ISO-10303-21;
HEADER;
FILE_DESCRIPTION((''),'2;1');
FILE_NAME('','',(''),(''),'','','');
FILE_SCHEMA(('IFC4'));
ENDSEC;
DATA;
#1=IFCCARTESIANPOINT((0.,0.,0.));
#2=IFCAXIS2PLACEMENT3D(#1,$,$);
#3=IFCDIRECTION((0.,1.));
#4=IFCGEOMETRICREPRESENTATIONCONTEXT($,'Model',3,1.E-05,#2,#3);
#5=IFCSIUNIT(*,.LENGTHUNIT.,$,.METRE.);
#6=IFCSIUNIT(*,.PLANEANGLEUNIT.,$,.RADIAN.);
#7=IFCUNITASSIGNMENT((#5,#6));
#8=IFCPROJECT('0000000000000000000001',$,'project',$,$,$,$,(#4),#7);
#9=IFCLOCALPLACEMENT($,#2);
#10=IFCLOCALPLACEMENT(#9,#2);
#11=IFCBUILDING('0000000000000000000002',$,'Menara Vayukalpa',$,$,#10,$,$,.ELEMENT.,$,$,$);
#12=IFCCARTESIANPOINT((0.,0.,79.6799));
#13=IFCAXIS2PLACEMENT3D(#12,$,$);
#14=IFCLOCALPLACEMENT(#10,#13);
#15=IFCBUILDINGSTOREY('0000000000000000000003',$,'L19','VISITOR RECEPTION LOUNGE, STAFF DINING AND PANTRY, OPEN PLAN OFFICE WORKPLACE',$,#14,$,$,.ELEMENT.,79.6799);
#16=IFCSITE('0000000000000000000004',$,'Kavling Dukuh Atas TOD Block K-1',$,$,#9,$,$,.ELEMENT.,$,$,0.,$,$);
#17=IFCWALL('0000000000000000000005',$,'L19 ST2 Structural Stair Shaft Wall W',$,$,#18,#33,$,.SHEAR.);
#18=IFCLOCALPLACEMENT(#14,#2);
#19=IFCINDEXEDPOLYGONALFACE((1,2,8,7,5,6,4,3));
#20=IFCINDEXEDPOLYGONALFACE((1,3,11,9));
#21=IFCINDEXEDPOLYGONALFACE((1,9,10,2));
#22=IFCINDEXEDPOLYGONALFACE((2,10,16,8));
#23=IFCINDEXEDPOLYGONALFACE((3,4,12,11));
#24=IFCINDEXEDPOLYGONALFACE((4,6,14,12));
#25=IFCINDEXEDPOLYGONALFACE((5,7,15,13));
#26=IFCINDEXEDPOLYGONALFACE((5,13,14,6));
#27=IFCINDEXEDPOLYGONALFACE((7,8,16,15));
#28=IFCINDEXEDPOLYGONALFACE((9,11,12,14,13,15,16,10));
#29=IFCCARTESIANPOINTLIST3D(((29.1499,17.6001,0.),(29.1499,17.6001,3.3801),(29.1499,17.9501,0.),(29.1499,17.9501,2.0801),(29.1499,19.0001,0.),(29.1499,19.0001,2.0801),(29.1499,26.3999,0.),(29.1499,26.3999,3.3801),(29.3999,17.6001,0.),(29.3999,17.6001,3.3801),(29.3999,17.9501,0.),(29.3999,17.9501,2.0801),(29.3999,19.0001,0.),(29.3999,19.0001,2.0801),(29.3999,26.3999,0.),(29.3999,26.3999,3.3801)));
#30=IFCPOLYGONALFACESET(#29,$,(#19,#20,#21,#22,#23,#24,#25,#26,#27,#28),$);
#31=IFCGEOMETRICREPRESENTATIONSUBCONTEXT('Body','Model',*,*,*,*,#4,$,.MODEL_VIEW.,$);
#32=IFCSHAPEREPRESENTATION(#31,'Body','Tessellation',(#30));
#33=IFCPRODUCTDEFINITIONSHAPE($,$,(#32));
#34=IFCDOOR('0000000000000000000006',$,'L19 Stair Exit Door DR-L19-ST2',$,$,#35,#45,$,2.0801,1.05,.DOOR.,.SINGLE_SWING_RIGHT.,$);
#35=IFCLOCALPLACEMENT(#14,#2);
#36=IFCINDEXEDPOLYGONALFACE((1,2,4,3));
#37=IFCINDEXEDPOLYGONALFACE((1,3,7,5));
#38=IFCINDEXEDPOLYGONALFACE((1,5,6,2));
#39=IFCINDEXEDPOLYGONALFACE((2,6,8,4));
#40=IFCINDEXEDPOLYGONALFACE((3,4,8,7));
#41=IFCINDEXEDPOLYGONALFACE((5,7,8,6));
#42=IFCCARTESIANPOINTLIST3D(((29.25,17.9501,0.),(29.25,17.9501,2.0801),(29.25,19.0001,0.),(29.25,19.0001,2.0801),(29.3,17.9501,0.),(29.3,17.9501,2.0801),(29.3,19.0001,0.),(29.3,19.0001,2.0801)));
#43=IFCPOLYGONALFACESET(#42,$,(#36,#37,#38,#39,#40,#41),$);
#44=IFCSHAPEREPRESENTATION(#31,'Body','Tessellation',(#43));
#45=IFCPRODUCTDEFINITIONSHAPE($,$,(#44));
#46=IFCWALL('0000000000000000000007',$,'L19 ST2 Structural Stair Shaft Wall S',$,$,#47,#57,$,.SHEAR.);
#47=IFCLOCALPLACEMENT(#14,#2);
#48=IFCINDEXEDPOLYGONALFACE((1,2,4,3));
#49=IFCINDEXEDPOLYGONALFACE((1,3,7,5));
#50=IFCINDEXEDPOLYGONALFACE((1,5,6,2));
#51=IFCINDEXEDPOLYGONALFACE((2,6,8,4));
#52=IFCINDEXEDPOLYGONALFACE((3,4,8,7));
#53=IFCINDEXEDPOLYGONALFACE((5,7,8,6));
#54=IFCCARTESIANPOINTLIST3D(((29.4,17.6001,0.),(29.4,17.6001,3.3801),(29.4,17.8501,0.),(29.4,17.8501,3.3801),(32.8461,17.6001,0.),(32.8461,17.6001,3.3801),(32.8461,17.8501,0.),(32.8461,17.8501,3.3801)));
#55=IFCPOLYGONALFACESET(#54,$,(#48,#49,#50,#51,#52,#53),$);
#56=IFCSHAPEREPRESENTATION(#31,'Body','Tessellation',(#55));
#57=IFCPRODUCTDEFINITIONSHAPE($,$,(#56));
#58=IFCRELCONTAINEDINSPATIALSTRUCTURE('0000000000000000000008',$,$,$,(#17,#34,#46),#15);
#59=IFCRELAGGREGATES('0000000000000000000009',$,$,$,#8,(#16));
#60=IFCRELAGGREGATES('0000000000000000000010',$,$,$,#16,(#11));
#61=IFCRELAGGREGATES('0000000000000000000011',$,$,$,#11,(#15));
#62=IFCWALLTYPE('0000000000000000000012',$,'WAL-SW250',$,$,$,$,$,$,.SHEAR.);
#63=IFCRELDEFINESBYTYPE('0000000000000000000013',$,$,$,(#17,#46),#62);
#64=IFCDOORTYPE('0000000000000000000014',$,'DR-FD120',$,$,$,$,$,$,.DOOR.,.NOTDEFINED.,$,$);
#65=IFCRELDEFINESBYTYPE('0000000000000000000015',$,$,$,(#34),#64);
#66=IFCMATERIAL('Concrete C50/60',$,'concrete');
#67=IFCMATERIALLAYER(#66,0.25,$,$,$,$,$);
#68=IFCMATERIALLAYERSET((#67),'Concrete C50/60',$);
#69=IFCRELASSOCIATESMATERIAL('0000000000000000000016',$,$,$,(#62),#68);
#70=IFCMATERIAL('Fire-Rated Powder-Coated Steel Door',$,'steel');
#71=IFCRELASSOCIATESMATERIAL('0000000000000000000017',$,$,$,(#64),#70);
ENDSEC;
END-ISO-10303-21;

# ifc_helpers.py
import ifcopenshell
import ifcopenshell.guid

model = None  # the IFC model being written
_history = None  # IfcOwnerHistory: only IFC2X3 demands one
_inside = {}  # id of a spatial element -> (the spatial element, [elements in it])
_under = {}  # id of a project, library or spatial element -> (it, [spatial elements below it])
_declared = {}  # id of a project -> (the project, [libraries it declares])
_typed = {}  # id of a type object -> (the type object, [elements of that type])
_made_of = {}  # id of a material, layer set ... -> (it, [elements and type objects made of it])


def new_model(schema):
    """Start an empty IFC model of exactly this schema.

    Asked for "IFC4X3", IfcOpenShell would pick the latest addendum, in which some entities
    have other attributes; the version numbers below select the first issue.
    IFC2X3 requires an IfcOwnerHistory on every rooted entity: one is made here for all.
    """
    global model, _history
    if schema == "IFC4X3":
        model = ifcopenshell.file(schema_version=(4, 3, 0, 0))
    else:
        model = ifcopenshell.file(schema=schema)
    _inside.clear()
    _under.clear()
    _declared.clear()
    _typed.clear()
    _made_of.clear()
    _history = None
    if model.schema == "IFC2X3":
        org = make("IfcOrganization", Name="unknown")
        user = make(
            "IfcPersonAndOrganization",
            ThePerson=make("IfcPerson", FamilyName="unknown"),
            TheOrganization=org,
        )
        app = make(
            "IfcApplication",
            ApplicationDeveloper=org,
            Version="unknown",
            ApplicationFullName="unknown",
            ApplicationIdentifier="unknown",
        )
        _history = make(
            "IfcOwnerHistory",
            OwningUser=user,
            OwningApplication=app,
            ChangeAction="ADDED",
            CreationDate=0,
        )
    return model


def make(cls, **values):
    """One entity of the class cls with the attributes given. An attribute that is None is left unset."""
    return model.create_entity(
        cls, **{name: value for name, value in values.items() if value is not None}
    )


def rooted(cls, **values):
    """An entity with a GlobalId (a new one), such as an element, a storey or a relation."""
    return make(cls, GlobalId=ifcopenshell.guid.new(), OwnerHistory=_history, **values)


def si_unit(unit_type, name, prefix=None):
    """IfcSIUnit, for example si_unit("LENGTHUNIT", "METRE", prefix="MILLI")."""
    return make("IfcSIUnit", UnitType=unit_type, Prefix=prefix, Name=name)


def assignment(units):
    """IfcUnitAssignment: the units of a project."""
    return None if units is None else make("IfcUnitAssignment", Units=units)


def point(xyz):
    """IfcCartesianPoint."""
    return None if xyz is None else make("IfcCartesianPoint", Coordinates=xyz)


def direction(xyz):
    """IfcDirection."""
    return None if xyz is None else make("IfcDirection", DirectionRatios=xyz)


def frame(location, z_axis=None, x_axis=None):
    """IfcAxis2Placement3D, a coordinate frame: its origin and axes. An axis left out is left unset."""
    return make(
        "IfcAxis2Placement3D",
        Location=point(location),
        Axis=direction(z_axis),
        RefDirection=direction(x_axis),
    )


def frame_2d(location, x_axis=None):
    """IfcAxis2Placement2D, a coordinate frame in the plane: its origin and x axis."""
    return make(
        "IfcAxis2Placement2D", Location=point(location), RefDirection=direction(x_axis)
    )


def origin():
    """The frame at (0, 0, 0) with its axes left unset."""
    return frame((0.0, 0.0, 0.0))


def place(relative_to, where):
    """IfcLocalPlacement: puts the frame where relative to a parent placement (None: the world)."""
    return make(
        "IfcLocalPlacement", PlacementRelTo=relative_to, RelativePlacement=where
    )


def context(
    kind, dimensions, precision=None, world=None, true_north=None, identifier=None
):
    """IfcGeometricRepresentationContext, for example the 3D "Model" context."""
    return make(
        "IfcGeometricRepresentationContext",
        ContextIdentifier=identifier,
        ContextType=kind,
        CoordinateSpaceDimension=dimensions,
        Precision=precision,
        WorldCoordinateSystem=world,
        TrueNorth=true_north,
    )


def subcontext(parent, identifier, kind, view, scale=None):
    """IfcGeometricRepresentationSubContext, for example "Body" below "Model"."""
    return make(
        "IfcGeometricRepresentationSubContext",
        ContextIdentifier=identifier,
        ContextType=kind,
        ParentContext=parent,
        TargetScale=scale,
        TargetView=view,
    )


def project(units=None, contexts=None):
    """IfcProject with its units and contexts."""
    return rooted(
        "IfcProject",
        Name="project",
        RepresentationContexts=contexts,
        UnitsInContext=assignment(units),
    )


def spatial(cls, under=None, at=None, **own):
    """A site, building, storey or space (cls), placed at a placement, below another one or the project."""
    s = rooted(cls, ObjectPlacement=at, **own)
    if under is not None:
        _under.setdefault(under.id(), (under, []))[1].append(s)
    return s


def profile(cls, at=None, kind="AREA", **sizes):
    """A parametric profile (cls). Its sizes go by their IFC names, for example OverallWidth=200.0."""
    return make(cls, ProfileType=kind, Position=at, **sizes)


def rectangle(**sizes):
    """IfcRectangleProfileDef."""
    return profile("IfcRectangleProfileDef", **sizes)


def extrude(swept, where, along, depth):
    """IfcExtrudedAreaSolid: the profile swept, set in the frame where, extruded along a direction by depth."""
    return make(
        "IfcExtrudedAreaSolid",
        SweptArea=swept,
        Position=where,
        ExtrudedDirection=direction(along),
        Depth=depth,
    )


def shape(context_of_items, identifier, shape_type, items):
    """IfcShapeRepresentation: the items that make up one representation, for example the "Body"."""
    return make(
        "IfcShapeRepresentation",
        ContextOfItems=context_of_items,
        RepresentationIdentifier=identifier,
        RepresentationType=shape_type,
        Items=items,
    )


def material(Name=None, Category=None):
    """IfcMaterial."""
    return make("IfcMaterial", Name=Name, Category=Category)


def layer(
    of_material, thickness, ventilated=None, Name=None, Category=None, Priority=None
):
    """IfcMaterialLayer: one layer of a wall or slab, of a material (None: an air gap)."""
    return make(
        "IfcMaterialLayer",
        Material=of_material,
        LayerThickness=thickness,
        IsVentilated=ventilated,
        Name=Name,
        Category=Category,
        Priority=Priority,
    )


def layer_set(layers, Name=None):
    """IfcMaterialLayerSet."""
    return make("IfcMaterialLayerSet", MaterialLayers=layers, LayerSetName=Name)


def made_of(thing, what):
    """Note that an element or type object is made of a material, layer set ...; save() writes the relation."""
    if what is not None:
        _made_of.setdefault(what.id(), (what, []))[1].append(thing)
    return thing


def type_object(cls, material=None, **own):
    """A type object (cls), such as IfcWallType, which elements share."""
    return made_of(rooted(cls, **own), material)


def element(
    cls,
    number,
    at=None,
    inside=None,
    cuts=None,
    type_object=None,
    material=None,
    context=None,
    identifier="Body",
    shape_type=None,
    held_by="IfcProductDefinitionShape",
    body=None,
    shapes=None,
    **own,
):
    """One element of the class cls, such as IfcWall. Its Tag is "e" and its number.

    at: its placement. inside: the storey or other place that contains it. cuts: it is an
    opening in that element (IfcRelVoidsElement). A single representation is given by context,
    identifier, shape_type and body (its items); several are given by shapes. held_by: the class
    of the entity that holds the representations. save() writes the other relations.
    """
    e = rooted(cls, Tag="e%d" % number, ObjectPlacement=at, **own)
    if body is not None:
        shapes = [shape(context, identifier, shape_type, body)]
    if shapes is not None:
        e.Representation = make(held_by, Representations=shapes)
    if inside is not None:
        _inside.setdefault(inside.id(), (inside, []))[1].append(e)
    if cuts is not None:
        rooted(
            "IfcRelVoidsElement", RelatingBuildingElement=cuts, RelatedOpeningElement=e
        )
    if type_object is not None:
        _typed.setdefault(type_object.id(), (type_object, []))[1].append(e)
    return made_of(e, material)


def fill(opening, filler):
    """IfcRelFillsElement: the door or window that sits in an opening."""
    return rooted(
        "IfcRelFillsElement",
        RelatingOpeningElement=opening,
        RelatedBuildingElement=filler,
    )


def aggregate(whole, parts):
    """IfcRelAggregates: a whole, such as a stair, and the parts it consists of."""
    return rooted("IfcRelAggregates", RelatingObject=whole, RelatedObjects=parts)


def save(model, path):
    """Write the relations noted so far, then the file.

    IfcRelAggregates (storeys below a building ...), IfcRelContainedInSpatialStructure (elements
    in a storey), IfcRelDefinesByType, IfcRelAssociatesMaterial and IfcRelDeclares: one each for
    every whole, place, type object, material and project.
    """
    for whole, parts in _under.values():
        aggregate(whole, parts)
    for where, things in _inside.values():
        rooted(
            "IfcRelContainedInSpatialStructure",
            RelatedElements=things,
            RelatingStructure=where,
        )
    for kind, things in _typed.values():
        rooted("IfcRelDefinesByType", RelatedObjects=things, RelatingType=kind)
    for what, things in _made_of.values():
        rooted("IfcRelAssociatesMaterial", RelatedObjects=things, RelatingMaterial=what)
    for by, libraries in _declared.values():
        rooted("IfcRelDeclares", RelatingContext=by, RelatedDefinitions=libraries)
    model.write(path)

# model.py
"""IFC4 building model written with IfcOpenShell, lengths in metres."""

from ifc_helpers import new_model, si_unit, direction, frame, frame_2d, origin, place, context, subcontext, project, spatial, rectangle, extrude, material, layer, layer_set, type_object, element, fill, save


model = new_model("IFC4")

# Units and contexts
model_context = context("Model", 3, precision=1e-05, world=origin(), true_north=direction((0.0, 1.0)))
body_context = subcontext(model_context, "Body", "Model", "MODEL_VIEW")
ifc_project = project(units=[si_unit("LENGTHUNIT", "METRE"), si_unit("PLANEANGLEUNIT", "RADIAN")], contexts=[model_context])

# Site, building, storey
site_placement = place(None, origin())
site = spatial("IfcSite", under=ifc_project, at=site_placement, Name="Kavling Dukuh Atas TOD Block K-1", CompositionType="ELEMENT", RefElevation=0.0)
building_placement = place(site_placement, origin())
building = spatial("IfcBuilding", under=site, at=building_placement, Name="Menara Vayukalpa", CompositionType="ELEMENT")
storey_placement = place(building_placement, frame((0.0, 0.0, 79.6799)))
storey = spatial("IfcBuildingStorey", under=building, at=storey_placement, Name="L19", Description="VISITOR RECEPTION LOUNGE, STAFF DINING AND PANTRY, OPEN PLAN OFFICE WORKPLACE", CompositionType="ELEMENT", Elevation=79.6799)

# Wall, opening, door
ifc_material_1 = material(Name="Concrete C50/60", Category="concrete")
ifc_layer_1 = layer(ifc_material_1, 0.25)
ifc_layer_set_1 = layer_set([ifc_layer_1], Name="Concrete C50/60")
wall_type_1 = type_object("IfcWallType", Name="WAL-SW250", PredefinedType="SHEAR", material=ifc_layer_set_1)
wall_1_placement = place(storey_placement, frame((29.2749, 17.6001, 0.0), z_axis=(0.0, 0.0, 1.0), x_axis=(0.0, 1.0, 0.0)))
wall_1 = element("IfcWall", 1, at=wall_1_placement, inside=storey, type_object=wall_type_1, Name="L19 ST2 Structural Stair Shaft Wall W", PredefinedType="SHEAR", context=body_context, shape_type="SweptSolid", body=[
    extrude(rectangle(XDim=8.7998, YDim=0.25, at=frame_2d((4.3999, 0.0))), origin(), (0.0, 0.0, 1.0), 3.3801),
])
opening_1_placement = place(wall_1_placement, frame((0.3501, 0.0, 0.0)))
opening_1 = element("IfcOpeningElement", 2, at=opening_1_placement, cuts=wall_1, PredefinedType="OPENING", context=body_context, shape_type="SweptSolid", body=[
    extrude(rectangle(XDim=1.05, YDim=2.0801, at=frame_2d((0.5249, 1.04))), frame((0.0, 0.135, 0.0), z_axis=(0.0, -1.0, 0.0), x_axis=(1.0, 0.0, 0.0)), (0.0, 0.0, 1.0), 0.27),
])
ifc_material_2 = material(Name="Fire-Rated Powder-Coated Steel Door", Category="steel")
door_type_1 = type_object("IfcDoorType", Name="DR-FD120", OperationType="NOTDEFINED", PredefinedType="DOOR", material=ifc_material_2)
door_1_placement = place(opening_1_placement, origin())
door_1 = element("IfcDoor", 3, at=door_1_placement, inside=storey, type_object=door_type_1, Name="L19 Stair Exit Door DR-L19-ST2", OperationType="SINGLE_SWING_RIGHT", OverallHeight=2.0801, OverallWidth=1.05, PredefinedType="DOOR", context=body_context, shape_type="SweptSolid", body=[
    extrude(rectangle(XDim=1.05, YDim=2.0801, at=frame_2d((0.5249, 1.04))), frame((0.0, 0.0249, 0.0), z_axis=(0.0, -1.0, 0.0), x_axis=(1.0, 0.0, 0.0)), (0.0, 0.0, 1.0), 0.05),
])
fill(opening_1, door_1)

# Wall
wall_2_placement = place(storey_placement, frame((29.3999, 17.7251, 0.0), z_axis=(0.0, 0.0, 1.0), x_axis=(1.0, 0.0, 0.0)))
element("IfcWall", 4, at=wall_2_placement, inside=storey, type_object=wall_type_1, Name="L19 ST2 Structural Stair Shaft Wall S", PredefinedType="SHEAR", context=body_context, shape_type="SweptSolid", body=[
    extrude(rectangle(XDim=3.446, YDim=0.25, at=frame_2d((1.7231, 0.0))), origin(), (0.0, 0.0, 1.0), 3.3801),
])

save(model, "model.ifc")
